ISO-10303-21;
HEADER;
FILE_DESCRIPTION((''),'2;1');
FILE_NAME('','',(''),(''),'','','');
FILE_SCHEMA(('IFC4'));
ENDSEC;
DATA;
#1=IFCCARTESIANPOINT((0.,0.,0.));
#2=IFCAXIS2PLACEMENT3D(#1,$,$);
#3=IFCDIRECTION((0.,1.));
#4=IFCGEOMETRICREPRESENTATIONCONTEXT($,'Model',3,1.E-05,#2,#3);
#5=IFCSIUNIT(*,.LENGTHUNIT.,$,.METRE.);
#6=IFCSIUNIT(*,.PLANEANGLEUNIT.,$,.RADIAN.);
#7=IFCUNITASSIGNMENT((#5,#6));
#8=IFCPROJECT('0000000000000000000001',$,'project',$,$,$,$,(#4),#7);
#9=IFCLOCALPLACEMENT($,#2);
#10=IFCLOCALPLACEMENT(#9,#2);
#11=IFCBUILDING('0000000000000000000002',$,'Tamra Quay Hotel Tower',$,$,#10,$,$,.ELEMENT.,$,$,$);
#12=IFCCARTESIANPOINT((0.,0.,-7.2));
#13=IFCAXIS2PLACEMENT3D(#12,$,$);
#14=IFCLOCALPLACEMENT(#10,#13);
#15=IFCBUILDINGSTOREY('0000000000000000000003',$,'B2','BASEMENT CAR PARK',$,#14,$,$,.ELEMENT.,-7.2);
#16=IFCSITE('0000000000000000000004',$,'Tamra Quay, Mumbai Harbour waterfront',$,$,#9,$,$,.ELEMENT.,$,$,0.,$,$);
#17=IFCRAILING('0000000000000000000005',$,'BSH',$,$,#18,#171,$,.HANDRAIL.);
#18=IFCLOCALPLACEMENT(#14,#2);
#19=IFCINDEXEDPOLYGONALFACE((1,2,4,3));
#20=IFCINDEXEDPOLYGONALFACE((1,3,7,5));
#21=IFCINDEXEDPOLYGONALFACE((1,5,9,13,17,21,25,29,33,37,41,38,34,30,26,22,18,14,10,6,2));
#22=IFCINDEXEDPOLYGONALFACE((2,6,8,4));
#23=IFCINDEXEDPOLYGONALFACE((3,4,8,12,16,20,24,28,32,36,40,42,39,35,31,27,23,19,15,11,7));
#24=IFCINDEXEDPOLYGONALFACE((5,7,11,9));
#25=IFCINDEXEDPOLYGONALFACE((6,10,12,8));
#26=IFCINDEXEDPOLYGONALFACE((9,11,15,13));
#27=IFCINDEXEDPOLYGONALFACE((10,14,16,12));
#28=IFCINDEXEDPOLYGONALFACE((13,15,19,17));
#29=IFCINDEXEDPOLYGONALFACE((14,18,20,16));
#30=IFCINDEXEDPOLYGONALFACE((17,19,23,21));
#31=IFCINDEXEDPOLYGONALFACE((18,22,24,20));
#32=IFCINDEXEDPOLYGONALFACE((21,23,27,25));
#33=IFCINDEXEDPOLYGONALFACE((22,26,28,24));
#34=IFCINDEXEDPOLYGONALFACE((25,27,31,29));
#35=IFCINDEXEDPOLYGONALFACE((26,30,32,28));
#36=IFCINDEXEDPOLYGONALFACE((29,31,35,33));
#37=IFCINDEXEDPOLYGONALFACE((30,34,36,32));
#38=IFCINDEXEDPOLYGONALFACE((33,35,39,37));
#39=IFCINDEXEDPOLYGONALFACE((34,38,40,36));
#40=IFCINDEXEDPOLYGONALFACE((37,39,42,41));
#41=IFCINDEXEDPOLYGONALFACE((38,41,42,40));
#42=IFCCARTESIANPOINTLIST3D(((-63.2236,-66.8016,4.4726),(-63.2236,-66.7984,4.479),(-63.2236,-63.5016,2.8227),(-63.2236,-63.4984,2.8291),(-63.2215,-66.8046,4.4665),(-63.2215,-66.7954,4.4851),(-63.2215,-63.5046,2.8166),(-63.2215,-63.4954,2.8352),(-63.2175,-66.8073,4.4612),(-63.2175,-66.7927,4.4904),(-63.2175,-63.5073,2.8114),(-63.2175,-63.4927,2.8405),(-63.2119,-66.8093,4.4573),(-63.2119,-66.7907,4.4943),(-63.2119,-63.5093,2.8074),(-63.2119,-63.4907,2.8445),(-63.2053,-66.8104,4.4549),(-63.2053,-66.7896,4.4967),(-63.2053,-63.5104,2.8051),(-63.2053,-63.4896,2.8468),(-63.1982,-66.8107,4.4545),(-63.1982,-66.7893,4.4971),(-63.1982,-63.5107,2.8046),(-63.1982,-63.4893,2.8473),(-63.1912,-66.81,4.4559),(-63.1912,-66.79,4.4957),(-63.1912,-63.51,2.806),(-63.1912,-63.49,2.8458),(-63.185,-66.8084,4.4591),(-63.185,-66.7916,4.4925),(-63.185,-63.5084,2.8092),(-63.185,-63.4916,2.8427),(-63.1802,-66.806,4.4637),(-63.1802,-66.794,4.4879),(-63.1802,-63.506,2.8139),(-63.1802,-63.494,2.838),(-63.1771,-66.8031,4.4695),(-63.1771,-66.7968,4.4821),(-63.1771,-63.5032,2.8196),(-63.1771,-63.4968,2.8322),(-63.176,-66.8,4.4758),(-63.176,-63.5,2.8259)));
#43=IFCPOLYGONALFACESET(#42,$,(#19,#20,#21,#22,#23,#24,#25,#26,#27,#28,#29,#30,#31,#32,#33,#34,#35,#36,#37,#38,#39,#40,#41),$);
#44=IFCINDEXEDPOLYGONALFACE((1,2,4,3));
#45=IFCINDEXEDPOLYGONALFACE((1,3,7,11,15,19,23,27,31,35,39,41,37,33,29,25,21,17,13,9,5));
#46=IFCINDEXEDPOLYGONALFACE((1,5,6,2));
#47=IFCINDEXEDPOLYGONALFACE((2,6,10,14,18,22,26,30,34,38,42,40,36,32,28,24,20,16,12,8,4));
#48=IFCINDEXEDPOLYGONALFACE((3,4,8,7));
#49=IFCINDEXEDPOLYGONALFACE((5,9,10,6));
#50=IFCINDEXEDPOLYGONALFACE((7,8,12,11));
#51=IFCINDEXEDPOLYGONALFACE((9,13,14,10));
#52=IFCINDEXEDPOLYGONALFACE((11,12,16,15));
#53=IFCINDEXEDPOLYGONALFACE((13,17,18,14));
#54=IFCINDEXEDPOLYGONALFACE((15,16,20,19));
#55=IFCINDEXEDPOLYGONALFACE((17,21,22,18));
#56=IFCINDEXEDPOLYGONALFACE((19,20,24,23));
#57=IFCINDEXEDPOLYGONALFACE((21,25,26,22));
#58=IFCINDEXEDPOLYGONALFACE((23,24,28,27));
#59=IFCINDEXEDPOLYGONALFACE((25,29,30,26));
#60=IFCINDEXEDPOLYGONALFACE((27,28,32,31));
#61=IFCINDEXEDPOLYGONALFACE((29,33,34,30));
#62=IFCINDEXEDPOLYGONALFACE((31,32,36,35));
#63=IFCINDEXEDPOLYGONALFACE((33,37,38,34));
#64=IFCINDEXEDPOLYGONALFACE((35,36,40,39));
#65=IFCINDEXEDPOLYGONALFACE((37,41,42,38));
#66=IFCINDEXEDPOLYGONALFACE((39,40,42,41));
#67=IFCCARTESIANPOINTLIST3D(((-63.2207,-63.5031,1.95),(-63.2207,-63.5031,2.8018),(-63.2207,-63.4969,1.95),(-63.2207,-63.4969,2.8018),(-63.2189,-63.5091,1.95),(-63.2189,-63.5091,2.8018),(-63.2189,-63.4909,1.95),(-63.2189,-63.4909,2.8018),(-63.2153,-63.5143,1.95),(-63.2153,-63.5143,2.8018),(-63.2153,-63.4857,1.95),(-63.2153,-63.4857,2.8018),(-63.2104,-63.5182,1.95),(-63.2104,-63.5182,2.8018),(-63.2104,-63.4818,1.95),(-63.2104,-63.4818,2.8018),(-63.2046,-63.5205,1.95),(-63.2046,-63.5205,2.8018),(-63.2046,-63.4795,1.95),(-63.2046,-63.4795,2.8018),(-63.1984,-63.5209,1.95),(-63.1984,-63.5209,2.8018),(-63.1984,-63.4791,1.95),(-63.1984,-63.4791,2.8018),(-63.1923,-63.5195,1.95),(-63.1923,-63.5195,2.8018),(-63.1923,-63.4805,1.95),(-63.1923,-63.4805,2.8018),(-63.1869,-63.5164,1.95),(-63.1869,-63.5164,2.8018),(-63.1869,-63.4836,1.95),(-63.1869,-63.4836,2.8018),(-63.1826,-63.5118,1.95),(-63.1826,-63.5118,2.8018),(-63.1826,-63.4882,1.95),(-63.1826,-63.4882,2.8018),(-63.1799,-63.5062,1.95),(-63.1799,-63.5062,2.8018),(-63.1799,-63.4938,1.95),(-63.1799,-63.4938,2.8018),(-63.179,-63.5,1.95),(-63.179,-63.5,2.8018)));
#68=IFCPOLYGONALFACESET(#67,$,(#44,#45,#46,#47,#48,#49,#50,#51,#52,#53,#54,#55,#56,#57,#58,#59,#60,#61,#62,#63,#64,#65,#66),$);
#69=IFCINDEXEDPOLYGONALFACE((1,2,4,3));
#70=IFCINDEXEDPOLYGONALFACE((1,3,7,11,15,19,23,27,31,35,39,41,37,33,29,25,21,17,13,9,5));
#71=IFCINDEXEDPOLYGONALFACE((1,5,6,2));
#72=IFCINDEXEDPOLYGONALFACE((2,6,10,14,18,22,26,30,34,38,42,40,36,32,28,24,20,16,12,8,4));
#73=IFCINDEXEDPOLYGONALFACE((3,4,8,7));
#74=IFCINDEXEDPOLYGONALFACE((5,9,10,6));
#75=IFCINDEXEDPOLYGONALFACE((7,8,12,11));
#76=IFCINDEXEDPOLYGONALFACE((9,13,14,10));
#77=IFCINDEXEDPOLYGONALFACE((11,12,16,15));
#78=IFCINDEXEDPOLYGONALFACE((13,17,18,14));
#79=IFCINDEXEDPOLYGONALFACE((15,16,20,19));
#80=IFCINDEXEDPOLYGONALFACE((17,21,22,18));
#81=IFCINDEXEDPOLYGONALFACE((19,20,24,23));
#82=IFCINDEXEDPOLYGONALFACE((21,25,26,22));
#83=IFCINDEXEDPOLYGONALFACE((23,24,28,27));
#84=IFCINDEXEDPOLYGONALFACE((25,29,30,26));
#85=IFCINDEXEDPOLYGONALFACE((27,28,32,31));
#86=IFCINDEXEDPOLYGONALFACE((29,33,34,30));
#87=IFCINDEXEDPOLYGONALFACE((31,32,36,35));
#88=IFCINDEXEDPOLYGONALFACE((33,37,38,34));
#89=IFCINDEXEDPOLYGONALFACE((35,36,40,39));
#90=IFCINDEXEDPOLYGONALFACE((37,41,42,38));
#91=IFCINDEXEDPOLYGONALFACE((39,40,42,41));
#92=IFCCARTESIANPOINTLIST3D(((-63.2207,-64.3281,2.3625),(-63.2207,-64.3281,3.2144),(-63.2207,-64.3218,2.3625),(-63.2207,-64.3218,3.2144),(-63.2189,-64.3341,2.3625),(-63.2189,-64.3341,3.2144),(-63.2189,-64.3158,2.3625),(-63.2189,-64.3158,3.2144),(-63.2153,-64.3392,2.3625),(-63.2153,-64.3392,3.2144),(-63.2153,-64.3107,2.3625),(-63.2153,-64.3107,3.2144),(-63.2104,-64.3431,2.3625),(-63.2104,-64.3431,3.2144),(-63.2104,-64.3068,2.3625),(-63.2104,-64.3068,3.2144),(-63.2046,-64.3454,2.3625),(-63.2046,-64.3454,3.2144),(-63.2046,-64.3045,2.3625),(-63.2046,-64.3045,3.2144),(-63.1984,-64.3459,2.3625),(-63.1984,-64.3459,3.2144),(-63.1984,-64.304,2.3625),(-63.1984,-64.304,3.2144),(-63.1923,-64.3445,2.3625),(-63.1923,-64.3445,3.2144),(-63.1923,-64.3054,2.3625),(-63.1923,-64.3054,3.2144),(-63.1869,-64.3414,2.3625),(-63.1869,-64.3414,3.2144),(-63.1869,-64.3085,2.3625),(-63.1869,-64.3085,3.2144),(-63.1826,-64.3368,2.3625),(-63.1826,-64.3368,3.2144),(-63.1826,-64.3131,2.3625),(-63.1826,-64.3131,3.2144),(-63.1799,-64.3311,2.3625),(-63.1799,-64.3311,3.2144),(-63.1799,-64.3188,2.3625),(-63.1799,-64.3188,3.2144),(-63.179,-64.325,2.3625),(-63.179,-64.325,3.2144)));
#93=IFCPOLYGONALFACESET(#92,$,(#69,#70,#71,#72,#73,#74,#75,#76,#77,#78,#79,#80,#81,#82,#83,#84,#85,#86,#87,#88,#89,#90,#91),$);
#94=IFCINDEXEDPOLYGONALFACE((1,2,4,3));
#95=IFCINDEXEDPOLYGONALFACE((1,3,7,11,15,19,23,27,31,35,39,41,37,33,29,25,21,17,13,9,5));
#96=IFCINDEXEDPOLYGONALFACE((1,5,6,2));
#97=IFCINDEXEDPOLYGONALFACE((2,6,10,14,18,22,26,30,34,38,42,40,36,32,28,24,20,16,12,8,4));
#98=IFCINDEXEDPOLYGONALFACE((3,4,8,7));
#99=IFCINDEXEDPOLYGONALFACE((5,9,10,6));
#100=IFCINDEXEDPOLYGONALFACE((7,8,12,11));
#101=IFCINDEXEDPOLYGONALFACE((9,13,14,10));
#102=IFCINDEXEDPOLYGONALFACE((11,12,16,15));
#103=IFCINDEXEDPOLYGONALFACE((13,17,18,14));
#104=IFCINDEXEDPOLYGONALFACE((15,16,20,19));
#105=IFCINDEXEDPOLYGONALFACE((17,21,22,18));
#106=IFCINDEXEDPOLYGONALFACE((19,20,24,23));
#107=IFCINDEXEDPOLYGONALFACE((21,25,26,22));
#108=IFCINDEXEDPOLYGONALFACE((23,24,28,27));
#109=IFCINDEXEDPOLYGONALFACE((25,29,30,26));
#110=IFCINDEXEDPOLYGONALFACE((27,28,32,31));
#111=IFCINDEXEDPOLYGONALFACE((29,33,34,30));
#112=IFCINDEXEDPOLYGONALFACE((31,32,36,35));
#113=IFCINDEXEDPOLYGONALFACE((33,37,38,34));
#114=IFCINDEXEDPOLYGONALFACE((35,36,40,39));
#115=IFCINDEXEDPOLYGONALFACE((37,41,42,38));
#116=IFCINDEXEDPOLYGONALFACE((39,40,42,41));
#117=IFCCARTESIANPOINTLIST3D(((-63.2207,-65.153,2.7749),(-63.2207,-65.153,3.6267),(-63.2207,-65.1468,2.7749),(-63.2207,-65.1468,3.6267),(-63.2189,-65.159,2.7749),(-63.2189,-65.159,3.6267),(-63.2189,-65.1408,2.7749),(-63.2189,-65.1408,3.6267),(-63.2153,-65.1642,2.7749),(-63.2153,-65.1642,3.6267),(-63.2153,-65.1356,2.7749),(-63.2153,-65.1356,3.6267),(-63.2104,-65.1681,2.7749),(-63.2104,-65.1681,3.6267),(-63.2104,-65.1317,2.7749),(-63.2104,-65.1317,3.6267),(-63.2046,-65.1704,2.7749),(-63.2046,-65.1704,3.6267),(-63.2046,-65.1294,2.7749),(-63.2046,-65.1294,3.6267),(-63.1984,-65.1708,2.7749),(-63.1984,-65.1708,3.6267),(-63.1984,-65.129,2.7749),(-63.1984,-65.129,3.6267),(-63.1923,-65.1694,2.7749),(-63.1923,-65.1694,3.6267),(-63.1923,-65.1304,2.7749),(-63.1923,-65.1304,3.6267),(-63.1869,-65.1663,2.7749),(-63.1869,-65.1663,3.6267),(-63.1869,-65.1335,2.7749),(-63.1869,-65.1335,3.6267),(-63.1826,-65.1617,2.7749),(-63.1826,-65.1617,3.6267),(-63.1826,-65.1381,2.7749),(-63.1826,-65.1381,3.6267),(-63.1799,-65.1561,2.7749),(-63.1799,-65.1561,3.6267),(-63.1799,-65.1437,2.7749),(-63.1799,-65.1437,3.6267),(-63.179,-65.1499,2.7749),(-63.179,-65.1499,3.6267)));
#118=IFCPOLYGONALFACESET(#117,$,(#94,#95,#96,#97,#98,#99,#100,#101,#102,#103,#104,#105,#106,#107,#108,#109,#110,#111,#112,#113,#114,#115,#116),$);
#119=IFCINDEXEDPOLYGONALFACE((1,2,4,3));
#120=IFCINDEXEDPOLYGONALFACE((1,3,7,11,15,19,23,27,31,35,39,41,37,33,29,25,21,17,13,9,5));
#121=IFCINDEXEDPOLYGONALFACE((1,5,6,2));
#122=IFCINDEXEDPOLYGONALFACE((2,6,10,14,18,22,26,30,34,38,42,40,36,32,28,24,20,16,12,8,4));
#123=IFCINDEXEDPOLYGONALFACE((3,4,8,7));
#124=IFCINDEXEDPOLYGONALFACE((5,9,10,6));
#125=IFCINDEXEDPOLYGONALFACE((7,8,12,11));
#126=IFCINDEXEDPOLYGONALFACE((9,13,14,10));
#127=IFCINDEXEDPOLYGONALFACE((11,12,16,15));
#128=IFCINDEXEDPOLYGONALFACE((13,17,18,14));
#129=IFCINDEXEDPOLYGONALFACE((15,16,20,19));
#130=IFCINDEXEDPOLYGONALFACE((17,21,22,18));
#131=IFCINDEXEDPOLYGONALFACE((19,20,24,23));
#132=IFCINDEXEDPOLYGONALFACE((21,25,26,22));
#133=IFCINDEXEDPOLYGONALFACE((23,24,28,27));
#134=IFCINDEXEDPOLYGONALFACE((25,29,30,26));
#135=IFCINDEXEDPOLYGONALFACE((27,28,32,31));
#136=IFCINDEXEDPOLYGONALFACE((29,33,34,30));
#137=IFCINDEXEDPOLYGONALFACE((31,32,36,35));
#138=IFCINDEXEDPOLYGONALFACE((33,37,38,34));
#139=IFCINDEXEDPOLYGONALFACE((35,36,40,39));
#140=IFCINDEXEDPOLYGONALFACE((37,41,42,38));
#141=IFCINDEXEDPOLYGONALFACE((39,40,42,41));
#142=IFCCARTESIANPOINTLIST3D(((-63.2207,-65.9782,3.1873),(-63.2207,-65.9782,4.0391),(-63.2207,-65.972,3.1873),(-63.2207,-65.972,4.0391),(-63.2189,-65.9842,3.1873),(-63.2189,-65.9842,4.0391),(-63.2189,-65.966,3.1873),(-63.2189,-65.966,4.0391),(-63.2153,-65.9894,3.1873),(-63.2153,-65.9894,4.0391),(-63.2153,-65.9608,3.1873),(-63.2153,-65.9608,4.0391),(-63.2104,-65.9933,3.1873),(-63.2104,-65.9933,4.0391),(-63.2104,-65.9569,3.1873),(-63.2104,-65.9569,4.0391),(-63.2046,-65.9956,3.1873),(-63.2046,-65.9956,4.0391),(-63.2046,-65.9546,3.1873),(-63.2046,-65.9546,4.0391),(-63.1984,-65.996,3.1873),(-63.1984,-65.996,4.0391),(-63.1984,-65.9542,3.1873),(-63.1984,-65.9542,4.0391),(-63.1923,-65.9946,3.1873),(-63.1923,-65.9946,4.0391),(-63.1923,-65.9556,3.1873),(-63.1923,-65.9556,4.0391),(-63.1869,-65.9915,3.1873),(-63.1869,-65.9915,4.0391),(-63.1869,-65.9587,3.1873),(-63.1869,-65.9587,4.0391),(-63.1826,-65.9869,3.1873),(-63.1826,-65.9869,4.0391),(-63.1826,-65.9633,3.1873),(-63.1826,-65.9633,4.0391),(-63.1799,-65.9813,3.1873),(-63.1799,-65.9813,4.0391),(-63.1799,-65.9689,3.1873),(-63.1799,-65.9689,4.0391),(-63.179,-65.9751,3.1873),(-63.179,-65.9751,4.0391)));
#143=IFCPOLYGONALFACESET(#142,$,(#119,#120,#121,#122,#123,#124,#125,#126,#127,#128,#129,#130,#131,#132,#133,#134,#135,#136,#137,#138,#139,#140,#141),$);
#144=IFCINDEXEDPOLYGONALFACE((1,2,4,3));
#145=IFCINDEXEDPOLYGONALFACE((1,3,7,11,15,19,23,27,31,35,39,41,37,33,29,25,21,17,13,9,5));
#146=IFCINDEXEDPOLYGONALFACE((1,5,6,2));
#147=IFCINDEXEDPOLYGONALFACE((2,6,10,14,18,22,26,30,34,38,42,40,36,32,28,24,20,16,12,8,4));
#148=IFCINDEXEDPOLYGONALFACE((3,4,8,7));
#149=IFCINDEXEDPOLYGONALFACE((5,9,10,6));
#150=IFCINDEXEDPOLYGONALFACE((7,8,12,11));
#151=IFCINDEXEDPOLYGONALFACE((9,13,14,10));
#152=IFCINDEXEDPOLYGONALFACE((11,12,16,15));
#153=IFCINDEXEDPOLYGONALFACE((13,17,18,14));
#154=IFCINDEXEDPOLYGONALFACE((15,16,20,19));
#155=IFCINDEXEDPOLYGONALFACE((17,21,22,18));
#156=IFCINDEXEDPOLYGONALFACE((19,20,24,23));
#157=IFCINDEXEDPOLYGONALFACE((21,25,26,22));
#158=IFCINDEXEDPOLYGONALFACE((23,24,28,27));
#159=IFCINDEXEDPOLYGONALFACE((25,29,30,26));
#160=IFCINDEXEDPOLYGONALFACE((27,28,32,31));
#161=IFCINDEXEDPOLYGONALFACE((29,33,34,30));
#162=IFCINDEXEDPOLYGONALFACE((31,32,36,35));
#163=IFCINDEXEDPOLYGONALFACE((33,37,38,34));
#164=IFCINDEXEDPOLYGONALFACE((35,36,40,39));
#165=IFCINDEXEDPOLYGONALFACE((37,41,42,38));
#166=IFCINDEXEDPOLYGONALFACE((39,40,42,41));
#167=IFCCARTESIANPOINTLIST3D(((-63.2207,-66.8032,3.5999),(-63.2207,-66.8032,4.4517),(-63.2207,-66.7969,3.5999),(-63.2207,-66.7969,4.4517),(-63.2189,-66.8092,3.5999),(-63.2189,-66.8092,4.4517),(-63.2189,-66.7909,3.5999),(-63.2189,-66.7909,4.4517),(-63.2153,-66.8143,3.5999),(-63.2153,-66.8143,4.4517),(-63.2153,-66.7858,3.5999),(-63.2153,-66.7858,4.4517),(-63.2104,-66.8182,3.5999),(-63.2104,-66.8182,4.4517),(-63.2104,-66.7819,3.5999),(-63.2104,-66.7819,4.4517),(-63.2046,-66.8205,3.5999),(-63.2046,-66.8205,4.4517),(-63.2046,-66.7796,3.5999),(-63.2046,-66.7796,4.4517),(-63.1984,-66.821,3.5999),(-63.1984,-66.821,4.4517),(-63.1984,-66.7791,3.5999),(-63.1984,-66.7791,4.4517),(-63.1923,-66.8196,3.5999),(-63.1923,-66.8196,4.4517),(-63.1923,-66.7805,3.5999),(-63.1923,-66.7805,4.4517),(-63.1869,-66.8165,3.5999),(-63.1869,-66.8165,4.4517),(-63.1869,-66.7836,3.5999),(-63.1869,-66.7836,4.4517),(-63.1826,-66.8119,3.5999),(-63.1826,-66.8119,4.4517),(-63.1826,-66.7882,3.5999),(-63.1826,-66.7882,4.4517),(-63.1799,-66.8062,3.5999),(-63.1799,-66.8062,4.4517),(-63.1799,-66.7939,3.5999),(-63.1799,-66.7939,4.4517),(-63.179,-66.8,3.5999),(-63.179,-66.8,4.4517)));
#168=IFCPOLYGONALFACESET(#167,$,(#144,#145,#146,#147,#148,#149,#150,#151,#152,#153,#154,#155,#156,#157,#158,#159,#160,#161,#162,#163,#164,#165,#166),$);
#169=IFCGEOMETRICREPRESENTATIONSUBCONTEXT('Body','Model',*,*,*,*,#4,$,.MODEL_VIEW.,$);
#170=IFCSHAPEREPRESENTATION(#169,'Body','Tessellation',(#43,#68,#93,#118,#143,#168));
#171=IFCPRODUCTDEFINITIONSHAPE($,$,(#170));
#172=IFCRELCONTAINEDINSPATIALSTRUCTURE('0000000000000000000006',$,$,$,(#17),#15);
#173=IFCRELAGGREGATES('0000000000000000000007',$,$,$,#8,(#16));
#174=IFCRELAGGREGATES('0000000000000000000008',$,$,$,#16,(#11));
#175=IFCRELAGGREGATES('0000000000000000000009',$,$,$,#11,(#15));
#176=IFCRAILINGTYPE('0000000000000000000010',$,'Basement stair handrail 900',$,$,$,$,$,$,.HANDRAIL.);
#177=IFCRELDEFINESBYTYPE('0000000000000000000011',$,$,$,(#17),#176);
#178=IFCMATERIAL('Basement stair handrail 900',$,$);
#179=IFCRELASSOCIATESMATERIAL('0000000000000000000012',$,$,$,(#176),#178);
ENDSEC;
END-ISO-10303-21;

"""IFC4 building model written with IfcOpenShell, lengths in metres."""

from ifc_helpers import new_model, si_unit, direction, frame, origin, origin_2d, place, context, subcontext, project, spatial, circle, extrude, material, type_object, element, save


model = new_model("IFC4")

# Units and contexts
model_context = context("Model", 3, precision=1e-05, world=origin(), true_north=direction((0.0, 1.0)))
body_context = subcontext(model_context, "Body", "Model", "MODEL_VIEW")
ifc_project = project(units=[si_unit("LENGTHUNIT", "METRE"), si_unit("PLANEANGLEUNIT", "RADIAN")], contexts=[model_context])

# Site, building, storey
site_placement = place(None, origin())
site = spatial("IfcSite", under=ifc_project, at=site_placement, Name="Tamra Quay, Mumbai Harbour waterfront", CompositionType="ELEMENT", RefElevation=0.0)
building_placement = place(site_placement, origin())
building = spatial("IfcBuilding", under=site, at=building_placement, Name="Tamra Quay Hotel Tower", CompositionType="ELEMENT")
storey_placement = place(building_placement, frame((0.0, 0.0, -7.2)))
storey = spatial("IfcBuildingStorey", under=building, at=storey_placement, Name="B2", Description="BASEMENT CAR PARK", CompositionType="ELEMENT", Elevation=-7.2)

# Railing
ifc_material_1 = material(Name="Basement stair handrail 900")
railing_type_1 = type_object("IfcRailingType", Name="Basement stair handrail 900", PredefinedType="HANDRAIL", material=ifc_material_1)
railing_1_placement = place(storey_placement, frame((-63.2, -63.5, 1.95)))
element("IfcRailing", 1, at=railing_1_placement, inside=storey, type_object=railing_type_1, Name="BSH", PredefinedType="HANDRAIL", context=body_context, shape_type="SweptSolid", body=[
    extrude(circle(Radius=0.0239, at=origin_2d()), frame((0.0, 0.0, 0.876), z_axis=(0.0, -0.89444, 0.447187), x_axis=(1.0, 0.0, 0.0)), (0.0, 0.0, 1.0), 3.6895),
    extrude(circle(Radius=0.021, at=origin_2d()), origin(), (0.0, 0.0, 1.0), 0.8518),
    extrude(circle(Radius=0.021, at=origin_2d()), frame((0.0, -0.825, 0.4126)), (0.0, 0.0, 1.0), 0.8518),
    extrude(circle(Radius=0.021, at=origin_2d()), frame((0.0, -1.6499, 0.825)), (0.0, 0.0, 1.0), 0.8518),
    extrude(circle(Radius=0.021, at=origin_2d()), frame((0.0, -2.4751, 1.2373)), (0.0, 0.0, 1.0), 0.8518),
    extrude(circle(Radius=0.021, at=origin_2d()), frame((0.0, -3.3, 1.6499)), (0.0, 0.0, 1.0), 0.8518),
])

save(model, "model.ifc")
